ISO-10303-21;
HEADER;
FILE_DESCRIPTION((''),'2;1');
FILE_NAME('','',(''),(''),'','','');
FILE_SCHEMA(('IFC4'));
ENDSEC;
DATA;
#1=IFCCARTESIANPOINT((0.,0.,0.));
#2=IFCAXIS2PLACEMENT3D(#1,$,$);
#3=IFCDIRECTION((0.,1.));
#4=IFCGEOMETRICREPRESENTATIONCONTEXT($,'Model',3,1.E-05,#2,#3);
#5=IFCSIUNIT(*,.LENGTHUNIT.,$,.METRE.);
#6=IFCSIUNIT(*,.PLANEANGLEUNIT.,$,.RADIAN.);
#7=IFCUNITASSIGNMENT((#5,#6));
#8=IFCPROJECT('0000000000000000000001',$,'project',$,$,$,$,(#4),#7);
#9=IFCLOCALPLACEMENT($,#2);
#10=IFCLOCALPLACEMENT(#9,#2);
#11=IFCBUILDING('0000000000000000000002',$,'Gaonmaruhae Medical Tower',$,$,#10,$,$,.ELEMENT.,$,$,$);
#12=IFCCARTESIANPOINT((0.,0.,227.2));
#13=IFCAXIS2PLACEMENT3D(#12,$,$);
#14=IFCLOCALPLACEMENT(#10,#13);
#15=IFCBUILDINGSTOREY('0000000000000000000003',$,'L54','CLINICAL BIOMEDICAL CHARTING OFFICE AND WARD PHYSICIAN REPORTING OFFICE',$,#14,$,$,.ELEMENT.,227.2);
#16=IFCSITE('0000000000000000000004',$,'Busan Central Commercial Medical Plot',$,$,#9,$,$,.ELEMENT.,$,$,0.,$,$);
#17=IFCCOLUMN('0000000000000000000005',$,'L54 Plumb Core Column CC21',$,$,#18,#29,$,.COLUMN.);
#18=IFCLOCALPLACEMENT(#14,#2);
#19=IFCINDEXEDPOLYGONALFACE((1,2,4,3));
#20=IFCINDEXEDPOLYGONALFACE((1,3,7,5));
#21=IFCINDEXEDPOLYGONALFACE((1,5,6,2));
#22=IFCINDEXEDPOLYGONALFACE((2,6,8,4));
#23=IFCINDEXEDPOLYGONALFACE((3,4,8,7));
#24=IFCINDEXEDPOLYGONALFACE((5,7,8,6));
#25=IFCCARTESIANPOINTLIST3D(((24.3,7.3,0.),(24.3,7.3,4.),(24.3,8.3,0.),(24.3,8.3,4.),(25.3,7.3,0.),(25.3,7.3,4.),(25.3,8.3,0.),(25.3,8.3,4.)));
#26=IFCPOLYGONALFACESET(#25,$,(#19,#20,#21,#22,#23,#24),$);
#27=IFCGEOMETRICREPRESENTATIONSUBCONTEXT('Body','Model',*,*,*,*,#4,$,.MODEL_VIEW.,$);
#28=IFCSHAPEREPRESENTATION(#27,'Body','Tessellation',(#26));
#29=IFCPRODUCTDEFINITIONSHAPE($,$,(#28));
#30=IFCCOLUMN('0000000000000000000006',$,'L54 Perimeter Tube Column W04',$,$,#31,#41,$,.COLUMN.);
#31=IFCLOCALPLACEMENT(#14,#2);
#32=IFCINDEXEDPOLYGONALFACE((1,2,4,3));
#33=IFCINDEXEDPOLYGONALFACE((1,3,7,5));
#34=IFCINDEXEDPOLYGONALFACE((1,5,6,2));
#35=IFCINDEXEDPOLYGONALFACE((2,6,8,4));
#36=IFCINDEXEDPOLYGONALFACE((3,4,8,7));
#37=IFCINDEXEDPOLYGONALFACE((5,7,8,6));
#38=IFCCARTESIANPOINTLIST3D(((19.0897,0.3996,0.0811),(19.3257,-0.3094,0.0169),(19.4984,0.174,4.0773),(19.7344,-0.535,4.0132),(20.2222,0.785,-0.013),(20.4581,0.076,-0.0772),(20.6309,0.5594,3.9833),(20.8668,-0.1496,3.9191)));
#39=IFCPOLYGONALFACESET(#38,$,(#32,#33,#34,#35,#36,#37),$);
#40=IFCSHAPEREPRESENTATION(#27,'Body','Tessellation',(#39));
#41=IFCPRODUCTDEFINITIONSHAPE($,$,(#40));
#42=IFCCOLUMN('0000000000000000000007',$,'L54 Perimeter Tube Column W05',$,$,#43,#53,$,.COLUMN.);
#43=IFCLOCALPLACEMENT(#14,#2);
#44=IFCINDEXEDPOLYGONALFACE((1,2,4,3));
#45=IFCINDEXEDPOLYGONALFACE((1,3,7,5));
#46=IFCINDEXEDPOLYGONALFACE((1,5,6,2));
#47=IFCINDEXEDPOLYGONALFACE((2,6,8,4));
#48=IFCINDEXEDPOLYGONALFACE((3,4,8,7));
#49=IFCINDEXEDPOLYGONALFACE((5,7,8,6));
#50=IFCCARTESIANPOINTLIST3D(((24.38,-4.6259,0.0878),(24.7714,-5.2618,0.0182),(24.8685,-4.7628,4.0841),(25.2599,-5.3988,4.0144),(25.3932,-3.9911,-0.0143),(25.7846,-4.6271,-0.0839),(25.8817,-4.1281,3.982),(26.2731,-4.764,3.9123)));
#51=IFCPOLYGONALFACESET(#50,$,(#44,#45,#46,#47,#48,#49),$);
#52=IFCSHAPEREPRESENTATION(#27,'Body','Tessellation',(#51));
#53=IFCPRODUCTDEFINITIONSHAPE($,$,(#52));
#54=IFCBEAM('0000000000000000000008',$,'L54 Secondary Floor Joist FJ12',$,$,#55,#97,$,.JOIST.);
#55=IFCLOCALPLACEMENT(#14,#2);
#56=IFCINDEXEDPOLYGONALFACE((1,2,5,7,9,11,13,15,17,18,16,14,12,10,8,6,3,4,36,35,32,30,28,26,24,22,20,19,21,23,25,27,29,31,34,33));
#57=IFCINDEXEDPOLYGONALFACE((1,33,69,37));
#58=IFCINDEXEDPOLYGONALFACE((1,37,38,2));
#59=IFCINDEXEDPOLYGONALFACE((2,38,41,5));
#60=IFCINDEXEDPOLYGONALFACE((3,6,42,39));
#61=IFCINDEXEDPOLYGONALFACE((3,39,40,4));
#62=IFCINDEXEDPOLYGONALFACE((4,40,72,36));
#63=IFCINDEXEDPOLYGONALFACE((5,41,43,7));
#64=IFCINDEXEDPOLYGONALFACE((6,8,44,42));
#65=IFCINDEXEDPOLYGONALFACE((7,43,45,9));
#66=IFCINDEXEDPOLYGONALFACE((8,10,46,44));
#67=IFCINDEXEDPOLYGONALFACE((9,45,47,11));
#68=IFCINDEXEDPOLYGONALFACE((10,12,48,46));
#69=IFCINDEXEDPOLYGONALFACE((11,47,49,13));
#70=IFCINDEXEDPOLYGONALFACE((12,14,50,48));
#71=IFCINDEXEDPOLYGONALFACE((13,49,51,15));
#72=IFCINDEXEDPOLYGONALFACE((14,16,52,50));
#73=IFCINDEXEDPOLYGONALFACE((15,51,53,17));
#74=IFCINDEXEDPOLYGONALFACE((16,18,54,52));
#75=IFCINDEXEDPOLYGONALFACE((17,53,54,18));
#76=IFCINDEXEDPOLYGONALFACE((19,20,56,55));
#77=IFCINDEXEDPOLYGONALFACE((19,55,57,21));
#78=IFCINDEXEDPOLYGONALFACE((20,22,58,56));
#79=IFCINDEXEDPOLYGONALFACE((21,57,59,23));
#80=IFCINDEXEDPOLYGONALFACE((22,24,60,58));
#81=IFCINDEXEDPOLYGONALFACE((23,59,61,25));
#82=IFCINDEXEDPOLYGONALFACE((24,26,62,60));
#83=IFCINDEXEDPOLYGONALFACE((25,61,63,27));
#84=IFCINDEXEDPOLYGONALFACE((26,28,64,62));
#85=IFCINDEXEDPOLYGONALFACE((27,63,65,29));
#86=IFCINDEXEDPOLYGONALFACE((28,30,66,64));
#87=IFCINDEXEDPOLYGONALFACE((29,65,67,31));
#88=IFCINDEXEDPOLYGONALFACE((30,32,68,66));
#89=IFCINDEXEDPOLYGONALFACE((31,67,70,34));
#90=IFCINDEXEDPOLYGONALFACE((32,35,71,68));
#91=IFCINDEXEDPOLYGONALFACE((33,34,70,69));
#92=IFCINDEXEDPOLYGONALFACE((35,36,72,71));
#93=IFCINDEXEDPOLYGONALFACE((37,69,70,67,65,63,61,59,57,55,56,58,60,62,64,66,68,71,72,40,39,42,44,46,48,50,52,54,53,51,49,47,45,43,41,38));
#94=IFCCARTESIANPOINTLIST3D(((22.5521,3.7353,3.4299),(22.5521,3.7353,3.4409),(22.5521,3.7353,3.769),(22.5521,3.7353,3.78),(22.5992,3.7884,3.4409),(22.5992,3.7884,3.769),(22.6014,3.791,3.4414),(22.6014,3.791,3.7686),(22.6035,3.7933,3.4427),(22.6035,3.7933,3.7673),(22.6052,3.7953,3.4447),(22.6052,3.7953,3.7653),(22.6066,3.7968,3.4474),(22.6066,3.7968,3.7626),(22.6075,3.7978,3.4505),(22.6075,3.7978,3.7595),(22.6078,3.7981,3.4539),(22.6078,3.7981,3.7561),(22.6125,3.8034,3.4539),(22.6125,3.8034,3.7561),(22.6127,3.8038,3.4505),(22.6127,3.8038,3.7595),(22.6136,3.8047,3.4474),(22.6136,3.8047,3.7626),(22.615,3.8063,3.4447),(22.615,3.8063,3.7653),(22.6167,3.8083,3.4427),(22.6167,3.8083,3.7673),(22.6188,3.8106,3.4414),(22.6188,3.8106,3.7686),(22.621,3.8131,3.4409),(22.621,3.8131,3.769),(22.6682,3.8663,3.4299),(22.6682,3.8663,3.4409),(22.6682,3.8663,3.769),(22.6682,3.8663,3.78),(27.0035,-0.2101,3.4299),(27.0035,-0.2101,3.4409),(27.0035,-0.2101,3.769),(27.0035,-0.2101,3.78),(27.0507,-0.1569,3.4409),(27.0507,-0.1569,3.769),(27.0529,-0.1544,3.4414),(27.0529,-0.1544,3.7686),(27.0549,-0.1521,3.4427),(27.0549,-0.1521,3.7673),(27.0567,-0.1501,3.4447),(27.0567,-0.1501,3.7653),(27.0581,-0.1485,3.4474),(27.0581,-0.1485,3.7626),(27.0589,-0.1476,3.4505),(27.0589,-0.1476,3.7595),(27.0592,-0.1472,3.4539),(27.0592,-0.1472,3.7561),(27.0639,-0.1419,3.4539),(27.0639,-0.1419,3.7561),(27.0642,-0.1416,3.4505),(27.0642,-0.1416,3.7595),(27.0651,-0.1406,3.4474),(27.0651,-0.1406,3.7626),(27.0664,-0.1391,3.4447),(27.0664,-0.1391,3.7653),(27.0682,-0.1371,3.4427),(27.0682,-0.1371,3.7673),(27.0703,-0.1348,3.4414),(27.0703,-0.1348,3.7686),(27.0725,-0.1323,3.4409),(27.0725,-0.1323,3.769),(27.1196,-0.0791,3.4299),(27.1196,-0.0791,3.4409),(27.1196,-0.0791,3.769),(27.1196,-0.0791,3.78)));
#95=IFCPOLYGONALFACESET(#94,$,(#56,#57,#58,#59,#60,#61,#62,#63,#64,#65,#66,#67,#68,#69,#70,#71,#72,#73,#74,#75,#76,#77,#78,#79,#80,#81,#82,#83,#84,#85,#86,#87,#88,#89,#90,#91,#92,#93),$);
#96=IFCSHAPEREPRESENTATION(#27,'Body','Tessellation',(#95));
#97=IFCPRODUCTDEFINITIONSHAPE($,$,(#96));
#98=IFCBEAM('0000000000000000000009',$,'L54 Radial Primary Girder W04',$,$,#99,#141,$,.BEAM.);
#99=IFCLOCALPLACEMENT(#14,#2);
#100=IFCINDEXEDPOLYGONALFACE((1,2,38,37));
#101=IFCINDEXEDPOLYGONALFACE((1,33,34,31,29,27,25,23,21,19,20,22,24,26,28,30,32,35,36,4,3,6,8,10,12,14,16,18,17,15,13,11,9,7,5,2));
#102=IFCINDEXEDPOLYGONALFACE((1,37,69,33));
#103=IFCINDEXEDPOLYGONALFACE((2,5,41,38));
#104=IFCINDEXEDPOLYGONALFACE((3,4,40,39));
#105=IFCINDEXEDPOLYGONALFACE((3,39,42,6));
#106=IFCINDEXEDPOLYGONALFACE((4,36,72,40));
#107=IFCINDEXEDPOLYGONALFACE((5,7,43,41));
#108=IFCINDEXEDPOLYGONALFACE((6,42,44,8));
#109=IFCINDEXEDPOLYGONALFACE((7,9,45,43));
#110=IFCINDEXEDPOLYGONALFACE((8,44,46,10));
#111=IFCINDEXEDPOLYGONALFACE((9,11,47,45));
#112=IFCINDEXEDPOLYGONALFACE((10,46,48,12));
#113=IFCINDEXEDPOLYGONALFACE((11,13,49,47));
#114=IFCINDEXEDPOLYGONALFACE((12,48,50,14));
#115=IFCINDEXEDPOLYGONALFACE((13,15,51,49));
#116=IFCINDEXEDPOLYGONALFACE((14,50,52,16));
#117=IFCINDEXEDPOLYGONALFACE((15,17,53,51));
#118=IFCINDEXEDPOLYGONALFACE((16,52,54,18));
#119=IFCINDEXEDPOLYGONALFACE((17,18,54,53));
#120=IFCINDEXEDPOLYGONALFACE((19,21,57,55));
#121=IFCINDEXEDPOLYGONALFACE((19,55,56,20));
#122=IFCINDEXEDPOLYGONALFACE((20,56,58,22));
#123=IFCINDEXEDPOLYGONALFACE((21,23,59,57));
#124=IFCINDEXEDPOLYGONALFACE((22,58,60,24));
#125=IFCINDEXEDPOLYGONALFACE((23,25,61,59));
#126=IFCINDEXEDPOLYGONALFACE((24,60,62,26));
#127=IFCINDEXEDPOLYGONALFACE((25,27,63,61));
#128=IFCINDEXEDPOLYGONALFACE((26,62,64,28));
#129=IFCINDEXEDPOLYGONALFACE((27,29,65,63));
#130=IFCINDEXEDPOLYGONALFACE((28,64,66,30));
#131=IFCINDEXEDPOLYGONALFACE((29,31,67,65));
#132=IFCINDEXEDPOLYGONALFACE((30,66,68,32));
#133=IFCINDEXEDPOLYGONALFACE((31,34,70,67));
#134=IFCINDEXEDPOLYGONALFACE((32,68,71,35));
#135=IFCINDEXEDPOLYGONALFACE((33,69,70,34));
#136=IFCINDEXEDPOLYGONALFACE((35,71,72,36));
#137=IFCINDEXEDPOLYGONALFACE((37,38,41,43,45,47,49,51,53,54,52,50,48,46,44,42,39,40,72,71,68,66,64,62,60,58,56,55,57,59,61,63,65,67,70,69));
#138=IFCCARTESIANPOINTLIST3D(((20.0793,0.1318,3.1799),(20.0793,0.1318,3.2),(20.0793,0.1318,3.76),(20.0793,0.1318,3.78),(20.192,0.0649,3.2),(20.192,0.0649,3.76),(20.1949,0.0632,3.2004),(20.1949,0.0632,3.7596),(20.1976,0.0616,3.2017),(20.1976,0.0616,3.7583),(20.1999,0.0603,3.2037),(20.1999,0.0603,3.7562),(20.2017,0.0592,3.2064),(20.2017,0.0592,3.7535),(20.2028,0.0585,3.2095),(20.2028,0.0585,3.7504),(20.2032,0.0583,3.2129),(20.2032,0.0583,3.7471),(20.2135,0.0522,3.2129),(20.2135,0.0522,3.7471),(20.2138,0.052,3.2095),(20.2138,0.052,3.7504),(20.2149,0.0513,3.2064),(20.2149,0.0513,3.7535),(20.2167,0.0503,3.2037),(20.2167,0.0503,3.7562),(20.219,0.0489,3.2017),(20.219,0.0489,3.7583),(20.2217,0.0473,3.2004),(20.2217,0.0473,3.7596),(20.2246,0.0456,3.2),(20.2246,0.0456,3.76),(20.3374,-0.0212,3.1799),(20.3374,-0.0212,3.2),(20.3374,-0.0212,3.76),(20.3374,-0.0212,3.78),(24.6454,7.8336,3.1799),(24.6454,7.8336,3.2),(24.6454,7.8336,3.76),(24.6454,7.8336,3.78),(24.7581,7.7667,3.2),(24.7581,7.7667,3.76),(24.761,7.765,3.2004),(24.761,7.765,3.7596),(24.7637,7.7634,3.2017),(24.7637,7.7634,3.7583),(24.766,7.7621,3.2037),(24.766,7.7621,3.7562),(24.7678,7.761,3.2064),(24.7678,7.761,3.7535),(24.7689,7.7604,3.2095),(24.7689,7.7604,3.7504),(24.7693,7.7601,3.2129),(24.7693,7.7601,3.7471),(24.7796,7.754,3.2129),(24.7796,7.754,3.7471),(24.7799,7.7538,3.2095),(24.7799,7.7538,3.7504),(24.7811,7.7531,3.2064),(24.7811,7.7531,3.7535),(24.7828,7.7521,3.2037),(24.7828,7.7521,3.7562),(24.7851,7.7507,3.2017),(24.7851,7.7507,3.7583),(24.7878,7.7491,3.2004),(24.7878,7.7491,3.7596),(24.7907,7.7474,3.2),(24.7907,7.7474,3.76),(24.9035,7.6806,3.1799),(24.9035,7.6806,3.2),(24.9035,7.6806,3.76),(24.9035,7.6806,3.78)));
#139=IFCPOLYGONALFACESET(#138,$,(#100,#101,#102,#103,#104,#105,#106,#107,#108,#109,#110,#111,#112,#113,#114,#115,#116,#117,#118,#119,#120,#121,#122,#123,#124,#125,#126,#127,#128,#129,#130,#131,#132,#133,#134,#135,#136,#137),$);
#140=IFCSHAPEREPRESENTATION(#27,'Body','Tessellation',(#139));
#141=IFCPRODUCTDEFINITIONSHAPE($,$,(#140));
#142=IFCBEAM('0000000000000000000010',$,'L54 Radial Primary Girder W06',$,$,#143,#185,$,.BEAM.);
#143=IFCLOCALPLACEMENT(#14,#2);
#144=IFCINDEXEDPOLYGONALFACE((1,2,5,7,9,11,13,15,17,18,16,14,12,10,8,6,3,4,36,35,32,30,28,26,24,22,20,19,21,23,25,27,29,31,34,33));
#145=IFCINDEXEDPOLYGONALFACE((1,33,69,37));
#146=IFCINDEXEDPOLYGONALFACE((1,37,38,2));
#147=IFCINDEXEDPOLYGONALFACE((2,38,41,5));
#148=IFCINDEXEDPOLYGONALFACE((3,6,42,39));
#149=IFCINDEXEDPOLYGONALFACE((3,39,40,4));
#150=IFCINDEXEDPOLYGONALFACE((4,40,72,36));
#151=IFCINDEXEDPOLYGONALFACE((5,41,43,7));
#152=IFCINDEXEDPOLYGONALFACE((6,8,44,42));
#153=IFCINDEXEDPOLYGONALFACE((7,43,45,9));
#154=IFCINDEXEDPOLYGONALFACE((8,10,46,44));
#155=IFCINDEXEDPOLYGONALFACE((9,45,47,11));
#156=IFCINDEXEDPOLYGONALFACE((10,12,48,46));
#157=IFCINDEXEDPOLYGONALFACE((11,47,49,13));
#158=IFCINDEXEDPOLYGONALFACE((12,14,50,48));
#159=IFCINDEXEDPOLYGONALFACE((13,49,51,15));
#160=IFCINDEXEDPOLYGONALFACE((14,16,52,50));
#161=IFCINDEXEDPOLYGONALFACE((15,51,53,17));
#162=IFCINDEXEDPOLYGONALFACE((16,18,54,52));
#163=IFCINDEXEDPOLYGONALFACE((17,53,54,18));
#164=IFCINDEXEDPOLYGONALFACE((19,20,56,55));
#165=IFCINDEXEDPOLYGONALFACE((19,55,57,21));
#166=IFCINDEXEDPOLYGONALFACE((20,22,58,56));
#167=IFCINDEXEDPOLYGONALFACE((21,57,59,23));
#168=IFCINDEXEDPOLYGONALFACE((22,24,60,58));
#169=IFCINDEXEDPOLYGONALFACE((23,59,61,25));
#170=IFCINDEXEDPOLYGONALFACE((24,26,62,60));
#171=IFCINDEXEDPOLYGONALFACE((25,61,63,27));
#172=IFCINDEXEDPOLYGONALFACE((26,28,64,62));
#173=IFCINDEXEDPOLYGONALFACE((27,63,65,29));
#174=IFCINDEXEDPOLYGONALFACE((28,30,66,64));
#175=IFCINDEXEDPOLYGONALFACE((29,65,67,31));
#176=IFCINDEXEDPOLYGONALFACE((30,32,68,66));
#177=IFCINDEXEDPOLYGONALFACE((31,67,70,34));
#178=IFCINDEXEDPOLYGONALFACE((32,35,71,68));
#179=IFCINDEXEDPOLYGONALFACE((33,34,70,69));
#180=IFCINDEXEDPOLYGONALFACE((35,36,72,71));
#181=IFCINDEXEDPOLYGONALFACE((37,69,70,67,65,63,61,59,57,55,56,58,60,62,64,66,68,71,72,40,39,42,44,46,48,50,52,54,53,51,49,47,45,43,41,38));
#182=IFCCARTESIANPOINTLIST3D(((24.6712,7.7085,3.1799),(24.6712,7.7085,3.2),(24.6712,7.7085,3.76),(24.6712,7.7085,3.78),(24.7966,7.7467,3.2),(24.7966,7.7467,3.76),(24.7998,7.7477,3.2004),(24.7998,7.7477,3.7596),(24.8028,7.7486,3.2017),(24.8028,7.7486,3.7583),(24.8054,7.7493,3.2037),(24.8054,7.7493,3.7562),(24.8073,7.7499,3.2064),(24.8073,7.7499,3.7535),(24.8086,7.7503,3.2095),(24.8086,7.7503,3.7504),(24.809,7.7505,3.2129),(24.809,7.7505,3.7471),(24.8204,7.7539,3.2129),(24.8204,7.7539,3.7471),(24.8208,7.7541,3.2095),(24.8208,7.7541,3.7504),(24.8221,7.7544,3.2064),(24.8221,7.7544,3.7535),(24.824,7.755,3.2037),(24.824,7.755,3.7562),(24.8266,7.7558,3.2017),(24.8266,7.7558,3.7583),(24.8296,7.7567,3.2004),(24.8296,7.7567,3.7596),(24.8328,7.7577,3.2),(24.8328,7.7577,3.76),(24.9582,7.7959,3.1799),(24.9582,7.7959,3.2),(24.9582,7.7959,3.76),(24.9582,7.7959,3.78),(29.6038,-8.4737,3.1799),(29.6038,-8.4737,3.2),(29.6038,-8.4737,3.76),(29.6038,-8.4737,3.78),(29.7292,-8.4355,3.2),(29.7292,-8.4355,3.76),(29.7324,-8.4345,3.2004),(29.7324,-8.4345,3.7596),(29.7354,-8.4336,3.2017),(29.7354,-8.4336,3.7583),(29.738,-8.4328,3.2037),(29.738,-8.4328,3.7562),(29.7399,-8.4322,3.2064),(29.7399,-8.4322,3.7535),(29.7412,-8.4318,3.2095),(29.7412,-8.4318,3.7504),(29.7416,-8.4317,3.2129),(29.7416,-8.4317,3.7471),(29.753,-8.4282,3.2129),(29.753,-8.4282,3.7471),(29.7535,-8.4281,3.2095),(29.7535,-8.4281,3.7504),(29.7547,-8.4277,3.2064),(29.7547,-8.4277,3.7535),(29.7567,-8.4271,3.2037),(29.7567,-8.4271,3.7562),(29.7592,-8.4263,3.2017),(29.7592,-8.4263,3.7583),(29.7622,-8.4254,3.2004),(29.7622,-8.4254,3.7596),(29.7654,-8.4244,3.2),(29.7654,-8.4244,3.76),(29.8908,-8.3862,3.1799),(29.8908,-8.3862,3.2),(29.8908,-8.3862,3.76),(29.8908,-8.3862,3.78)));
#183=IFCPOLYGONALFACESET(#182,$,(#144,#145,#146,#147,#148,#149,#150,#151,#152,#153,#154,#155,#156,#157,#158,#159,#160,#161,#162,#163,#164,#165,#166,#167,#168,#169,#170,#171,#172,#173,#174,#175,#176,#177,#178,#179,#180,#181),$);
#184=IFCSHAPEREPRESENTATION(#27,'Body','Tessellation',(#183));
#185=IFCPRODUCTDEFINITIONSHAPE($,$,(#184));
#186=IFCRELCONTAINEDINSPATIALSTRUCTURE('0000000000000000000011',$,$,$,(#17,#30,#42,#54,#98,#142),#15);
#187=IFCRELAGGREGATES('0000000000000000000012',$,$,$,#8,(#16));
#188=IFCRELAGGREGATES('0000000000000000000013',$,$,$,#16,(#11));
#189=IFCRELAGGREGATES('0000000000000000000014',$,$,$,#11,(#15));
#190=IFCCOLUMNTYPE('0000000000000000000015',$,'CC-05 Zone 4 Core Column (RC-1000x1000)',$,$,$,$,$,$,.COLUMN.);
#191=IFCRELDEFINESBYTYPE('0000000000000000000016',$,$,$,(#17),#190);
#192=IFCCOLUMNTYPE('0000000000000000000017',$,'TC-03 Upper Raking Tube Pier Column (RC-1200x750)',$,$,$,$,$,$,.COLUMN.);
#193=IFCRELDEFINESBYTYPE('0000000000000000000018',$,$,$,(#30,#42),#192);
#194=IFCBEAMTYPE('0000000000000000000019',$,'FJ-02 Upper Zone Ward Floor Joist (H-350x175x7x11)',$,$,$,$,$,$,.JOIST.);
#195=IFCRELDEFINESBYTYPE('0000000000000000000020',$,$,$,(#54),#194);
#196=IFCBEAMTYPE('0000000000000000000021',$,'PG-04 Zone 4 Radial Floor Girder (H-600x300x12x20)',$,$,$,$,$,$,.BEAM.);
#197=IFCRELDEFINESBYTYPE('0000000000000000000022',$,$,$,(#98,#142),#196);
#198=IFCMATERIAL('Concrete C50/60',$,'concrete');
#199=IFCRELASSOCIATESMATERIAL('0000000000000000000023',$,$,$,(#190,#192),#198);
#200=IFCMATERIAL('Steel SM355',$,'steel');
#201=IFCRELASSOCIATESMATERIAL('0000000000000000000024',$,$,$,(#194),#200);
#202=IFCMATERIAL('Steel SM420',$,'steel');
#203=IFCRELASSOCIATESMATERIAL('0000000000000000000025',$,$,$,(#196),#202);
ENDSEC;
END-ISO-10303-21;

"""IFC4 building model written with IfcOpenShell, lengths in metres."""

from ifc_helpers import new_model, si_unit, direction, frame, origin, origin_2d, place, context, subcontext, project, spatial, rectangle, i_section, extrude, material, material_profile, profile_set, type_object, element, save


model = new_model("IFC4")

# Units and contexts
model_context = context("Model", 3, precision=1e-05, world=origin(), true_north=direction((0.0, 1.0)))
body_context = subcontext(model_context, "Body", "Model", "MODEL_VIEW")
ifc_project = project(units=[si_unit("LENGTHUNIT", "METRE"), si_unit("PLANEANGLEUNIT", "RADIAN")], contexts=[model_context])

# Site, building, storey
site_placement = place(None, origin())
site = spatial("IfcSite", under=ifc_project, at=site_placement, Name="Busan Central Commercial Medical Plot", CompositionType="ELEMENT", RefElevation=0.0)
building_placement = place(site_placement, origin())
building = spatial("IfcBuilding", under=site, at=building_placement, Name="Gaonmaruhae Medical Tower", CompositionType="ELEMENT")
storey_placement = place(building_placement, frame((0.0, 0.0, 227.2)))
storey = spatial("IfcBuildingStorey", under=building, at=storey_placement, Name="L54", Description="CLINICAL BIOMEDICAL CHARTING OFFICE AND WARD PHYSICIAN REPORTING OFFICE", CompositionType="ELEMENT", Elevation=227.2)

# Columns
ifc_material_1 = material(Name="Concrete C50/60", Category="concrete")
ifc_material_profile_1 = material_profile(ifc_material_1, rectangle(XDim=1.0, YDim=1.0, at=origin_2d()), Name="RC-1000x1000")
ifc_profile_set_1 = profile_set([ifc_material_profile_1], Name="Concrete C50/60")
column_type_1 = type_object("IfcColumnType", Name="CC-05 Zone 4 Core Column (RC-1000x1000)", PredefinedType="COLUMN", material=ifc_profile_set_1)
column_1_placement = place(storey_placement, frame((24.8, 7.8, 0.0), z_axis=(0.0, 0.0, 1.0), x_axis=(1.0, 0.0, 0.0)))
element("IfcColumn", 1, at=column_1_placement, inside=storey, type_object=column_type_1, Name="L54 Plumb Core Column CC21", PredefinedType="COLUMN", context=body_context, shape_type="SweptSolid", body=[
    extrude(rectangle(XDim=1.0, YDim=1.0, at=origin_2d()), origin(), (0.0, 0.0, 1.0), 4.0),
])
ifc_material_profile_2 = material_profile(ifc_material_1, rectangle(XDim=1.2, YDim=0.75, at=origin_2d()), Name="RC-1200x750")
ifc_profile_set_2 = profile_set([ifc_material_profile_2], Name="Concrete C50/60")
column_type_2 = type_object("IfcColumnType", Name="TC-03 Upper Raking Tube Pier Column (RC-1200x750)", PredefinedType="COLUMN", material=ifc_profile_set_2)
column_2_placement = place(storey_placement, frame((19.7739, 0.2378, 0.002), z_axis=(0.101576, -0.056067, 0.993247), x_axis=(-0.94376, -0.321206, 0.078383)))
element("IfcColumn", 2, at=column_2_placement, inside=storey, type_object=column_type_2, Name="L54 Perimeter Tube Column W04", PredefinedType="COLUMN", context=body_context, shape_type="SweptSolid", body=[
    extrude(rectangle(XDim=1.2, YDim=0.75, at=origin_2d()), origin(), (0.0, 0.0, 1.0), 4.0234),
])
column_3_placement = place(storey_placement, frame((25.0823, -4.6265, 0.002), z_axis=(0.12127, -0.033999, 0.992037), x_axis=(-0.844357, -0.528981, 0.085088)))
element("IfcColumn", 3, at=column_3_placement, inside=storey, type_object=column_type_2, Name="L54 Perimeter Tube Column W05", PredefinedType="COLUMN", context=body_context, shape_type="SweptSolid", body=[
    extrude(rectangle(XDim=1.2, YDim=0.75, at=origin_2d()), origin(), (0.0, 0.0, 1.0), 4.0283),
])

# Beams
ifc_material_2 = material(Name="Steel SM355", Category="steel")
ifc_material_profile_3 = material_profile(ifc_material_2, i_section(OverallWidth=0.175, OverallDepth=0.3501, WebThickness=0.0071, FlangeThickness=0.011, FilletRadius=0.0129, at=origin_2d()), Name="H-350x175x7x11")
ifc_profile_set_3 = profile_set([ifc_material_profile_3], Name="Steel SM355")
beam_type_1 = type_object("IfcBeamType", Name="FJ-02 Upper Zone Ward Floor Joist (H-350x175x7x11)", PredefinedType="JOIST", material=ifc_profile_set_3)
beam_1_placement = place(storey_placement, frame((22.6101, 3.8008, 3.605), z_axis=(0.748369, -0.663283, 0.0), x_axis=(0.663283, 0.748369, 0.0)))
element("IfcBeam", 4, at=beam_1_placement, inside=storey, type_object=beam_type_1, Name="L54 Secondary Floor Joist FJ12", PredefinedType="JOIST", context=body_context, shape_type="SweptSolid", body=[
    extrude(i_section(OverallWidth=0.175, OverallDepth=0.3501, WebThickness=0.0071, FlangeThickness=0.011, FilletRadius=0.0129, at=origin_2d()), origin(), (0.0, 0.0, 1.0), 5.9482),
])
ifc_material_3 = material(Name="Steel SM420", Category="steel")
ifc_material_profile_4 = material_profile(ifc_material_3, i_section(OverallWidth=0.3, OverallDepth=0.6001, WebThickness=0.012, FlangeThickness=0.02, FilletRadius=0.0129, at=origin_2d()), Name="H-600x300x12x20")
ifc_profile_set_4 = profile_set([ifc_material_profile_4], Name="Steel SM420")
beam_type_2 = type_object("IfcBeamType", Name="PG-04 Zone 4 Radial Floor Girder (H-600x300x12x20)", PredefinedType="BEAM", material=ifc_profile_set_4)
beam_2_placement = place(storey_placement, frame((24.7744, 7.7571, 3.48), z_axis=(-0.509974, -0.86019, 0.0), x_axis=(0.86019, -0.509974, 0.0)))
element("IfcBeam", 5, at=beam_2_placement, inside=storey, type_object=beam_type_2, Name="L54 Radial Primary Girder W04", PredefinedType="BEAM", context=body_context, shape_type="SweptSolid", body=[
    extrude(i_section(OverallWidth=0.3, OverallDepth=0.6001, WebThickness=0.012, FlangeThickness=0.02, FilletRadius=0.0129, at=origin_2d()), origin(), (0.0, 0.0, 1.0), 8.9536),
])
beam_3_placement = place(storey_placement, frame((24.8147, 7.7522, 3.48), z_axis=(0.291574, -0.956548, 0.0), x_axis=(0.956548, 0.291574, 0.0)))
element("IfcBeam", 6, at=beam_3_placement, inside=storey, type_object=beam_type_2, Name="L54 Radial Primary Girder W06", PredefinedType="BEAM", context=body_context, shape_type="SweptSolid", body=[
    extrude(i_section(OverallWidth=0.3, OverallDepth=0.6001, WebThickness=0.012, FlangeThickness=0.02, FilletRadius=0.0129, at=origin_2d()), origin(), (0.0, 0.0, 1.0), 16.9172),
])

save(model, "model.ifc")
